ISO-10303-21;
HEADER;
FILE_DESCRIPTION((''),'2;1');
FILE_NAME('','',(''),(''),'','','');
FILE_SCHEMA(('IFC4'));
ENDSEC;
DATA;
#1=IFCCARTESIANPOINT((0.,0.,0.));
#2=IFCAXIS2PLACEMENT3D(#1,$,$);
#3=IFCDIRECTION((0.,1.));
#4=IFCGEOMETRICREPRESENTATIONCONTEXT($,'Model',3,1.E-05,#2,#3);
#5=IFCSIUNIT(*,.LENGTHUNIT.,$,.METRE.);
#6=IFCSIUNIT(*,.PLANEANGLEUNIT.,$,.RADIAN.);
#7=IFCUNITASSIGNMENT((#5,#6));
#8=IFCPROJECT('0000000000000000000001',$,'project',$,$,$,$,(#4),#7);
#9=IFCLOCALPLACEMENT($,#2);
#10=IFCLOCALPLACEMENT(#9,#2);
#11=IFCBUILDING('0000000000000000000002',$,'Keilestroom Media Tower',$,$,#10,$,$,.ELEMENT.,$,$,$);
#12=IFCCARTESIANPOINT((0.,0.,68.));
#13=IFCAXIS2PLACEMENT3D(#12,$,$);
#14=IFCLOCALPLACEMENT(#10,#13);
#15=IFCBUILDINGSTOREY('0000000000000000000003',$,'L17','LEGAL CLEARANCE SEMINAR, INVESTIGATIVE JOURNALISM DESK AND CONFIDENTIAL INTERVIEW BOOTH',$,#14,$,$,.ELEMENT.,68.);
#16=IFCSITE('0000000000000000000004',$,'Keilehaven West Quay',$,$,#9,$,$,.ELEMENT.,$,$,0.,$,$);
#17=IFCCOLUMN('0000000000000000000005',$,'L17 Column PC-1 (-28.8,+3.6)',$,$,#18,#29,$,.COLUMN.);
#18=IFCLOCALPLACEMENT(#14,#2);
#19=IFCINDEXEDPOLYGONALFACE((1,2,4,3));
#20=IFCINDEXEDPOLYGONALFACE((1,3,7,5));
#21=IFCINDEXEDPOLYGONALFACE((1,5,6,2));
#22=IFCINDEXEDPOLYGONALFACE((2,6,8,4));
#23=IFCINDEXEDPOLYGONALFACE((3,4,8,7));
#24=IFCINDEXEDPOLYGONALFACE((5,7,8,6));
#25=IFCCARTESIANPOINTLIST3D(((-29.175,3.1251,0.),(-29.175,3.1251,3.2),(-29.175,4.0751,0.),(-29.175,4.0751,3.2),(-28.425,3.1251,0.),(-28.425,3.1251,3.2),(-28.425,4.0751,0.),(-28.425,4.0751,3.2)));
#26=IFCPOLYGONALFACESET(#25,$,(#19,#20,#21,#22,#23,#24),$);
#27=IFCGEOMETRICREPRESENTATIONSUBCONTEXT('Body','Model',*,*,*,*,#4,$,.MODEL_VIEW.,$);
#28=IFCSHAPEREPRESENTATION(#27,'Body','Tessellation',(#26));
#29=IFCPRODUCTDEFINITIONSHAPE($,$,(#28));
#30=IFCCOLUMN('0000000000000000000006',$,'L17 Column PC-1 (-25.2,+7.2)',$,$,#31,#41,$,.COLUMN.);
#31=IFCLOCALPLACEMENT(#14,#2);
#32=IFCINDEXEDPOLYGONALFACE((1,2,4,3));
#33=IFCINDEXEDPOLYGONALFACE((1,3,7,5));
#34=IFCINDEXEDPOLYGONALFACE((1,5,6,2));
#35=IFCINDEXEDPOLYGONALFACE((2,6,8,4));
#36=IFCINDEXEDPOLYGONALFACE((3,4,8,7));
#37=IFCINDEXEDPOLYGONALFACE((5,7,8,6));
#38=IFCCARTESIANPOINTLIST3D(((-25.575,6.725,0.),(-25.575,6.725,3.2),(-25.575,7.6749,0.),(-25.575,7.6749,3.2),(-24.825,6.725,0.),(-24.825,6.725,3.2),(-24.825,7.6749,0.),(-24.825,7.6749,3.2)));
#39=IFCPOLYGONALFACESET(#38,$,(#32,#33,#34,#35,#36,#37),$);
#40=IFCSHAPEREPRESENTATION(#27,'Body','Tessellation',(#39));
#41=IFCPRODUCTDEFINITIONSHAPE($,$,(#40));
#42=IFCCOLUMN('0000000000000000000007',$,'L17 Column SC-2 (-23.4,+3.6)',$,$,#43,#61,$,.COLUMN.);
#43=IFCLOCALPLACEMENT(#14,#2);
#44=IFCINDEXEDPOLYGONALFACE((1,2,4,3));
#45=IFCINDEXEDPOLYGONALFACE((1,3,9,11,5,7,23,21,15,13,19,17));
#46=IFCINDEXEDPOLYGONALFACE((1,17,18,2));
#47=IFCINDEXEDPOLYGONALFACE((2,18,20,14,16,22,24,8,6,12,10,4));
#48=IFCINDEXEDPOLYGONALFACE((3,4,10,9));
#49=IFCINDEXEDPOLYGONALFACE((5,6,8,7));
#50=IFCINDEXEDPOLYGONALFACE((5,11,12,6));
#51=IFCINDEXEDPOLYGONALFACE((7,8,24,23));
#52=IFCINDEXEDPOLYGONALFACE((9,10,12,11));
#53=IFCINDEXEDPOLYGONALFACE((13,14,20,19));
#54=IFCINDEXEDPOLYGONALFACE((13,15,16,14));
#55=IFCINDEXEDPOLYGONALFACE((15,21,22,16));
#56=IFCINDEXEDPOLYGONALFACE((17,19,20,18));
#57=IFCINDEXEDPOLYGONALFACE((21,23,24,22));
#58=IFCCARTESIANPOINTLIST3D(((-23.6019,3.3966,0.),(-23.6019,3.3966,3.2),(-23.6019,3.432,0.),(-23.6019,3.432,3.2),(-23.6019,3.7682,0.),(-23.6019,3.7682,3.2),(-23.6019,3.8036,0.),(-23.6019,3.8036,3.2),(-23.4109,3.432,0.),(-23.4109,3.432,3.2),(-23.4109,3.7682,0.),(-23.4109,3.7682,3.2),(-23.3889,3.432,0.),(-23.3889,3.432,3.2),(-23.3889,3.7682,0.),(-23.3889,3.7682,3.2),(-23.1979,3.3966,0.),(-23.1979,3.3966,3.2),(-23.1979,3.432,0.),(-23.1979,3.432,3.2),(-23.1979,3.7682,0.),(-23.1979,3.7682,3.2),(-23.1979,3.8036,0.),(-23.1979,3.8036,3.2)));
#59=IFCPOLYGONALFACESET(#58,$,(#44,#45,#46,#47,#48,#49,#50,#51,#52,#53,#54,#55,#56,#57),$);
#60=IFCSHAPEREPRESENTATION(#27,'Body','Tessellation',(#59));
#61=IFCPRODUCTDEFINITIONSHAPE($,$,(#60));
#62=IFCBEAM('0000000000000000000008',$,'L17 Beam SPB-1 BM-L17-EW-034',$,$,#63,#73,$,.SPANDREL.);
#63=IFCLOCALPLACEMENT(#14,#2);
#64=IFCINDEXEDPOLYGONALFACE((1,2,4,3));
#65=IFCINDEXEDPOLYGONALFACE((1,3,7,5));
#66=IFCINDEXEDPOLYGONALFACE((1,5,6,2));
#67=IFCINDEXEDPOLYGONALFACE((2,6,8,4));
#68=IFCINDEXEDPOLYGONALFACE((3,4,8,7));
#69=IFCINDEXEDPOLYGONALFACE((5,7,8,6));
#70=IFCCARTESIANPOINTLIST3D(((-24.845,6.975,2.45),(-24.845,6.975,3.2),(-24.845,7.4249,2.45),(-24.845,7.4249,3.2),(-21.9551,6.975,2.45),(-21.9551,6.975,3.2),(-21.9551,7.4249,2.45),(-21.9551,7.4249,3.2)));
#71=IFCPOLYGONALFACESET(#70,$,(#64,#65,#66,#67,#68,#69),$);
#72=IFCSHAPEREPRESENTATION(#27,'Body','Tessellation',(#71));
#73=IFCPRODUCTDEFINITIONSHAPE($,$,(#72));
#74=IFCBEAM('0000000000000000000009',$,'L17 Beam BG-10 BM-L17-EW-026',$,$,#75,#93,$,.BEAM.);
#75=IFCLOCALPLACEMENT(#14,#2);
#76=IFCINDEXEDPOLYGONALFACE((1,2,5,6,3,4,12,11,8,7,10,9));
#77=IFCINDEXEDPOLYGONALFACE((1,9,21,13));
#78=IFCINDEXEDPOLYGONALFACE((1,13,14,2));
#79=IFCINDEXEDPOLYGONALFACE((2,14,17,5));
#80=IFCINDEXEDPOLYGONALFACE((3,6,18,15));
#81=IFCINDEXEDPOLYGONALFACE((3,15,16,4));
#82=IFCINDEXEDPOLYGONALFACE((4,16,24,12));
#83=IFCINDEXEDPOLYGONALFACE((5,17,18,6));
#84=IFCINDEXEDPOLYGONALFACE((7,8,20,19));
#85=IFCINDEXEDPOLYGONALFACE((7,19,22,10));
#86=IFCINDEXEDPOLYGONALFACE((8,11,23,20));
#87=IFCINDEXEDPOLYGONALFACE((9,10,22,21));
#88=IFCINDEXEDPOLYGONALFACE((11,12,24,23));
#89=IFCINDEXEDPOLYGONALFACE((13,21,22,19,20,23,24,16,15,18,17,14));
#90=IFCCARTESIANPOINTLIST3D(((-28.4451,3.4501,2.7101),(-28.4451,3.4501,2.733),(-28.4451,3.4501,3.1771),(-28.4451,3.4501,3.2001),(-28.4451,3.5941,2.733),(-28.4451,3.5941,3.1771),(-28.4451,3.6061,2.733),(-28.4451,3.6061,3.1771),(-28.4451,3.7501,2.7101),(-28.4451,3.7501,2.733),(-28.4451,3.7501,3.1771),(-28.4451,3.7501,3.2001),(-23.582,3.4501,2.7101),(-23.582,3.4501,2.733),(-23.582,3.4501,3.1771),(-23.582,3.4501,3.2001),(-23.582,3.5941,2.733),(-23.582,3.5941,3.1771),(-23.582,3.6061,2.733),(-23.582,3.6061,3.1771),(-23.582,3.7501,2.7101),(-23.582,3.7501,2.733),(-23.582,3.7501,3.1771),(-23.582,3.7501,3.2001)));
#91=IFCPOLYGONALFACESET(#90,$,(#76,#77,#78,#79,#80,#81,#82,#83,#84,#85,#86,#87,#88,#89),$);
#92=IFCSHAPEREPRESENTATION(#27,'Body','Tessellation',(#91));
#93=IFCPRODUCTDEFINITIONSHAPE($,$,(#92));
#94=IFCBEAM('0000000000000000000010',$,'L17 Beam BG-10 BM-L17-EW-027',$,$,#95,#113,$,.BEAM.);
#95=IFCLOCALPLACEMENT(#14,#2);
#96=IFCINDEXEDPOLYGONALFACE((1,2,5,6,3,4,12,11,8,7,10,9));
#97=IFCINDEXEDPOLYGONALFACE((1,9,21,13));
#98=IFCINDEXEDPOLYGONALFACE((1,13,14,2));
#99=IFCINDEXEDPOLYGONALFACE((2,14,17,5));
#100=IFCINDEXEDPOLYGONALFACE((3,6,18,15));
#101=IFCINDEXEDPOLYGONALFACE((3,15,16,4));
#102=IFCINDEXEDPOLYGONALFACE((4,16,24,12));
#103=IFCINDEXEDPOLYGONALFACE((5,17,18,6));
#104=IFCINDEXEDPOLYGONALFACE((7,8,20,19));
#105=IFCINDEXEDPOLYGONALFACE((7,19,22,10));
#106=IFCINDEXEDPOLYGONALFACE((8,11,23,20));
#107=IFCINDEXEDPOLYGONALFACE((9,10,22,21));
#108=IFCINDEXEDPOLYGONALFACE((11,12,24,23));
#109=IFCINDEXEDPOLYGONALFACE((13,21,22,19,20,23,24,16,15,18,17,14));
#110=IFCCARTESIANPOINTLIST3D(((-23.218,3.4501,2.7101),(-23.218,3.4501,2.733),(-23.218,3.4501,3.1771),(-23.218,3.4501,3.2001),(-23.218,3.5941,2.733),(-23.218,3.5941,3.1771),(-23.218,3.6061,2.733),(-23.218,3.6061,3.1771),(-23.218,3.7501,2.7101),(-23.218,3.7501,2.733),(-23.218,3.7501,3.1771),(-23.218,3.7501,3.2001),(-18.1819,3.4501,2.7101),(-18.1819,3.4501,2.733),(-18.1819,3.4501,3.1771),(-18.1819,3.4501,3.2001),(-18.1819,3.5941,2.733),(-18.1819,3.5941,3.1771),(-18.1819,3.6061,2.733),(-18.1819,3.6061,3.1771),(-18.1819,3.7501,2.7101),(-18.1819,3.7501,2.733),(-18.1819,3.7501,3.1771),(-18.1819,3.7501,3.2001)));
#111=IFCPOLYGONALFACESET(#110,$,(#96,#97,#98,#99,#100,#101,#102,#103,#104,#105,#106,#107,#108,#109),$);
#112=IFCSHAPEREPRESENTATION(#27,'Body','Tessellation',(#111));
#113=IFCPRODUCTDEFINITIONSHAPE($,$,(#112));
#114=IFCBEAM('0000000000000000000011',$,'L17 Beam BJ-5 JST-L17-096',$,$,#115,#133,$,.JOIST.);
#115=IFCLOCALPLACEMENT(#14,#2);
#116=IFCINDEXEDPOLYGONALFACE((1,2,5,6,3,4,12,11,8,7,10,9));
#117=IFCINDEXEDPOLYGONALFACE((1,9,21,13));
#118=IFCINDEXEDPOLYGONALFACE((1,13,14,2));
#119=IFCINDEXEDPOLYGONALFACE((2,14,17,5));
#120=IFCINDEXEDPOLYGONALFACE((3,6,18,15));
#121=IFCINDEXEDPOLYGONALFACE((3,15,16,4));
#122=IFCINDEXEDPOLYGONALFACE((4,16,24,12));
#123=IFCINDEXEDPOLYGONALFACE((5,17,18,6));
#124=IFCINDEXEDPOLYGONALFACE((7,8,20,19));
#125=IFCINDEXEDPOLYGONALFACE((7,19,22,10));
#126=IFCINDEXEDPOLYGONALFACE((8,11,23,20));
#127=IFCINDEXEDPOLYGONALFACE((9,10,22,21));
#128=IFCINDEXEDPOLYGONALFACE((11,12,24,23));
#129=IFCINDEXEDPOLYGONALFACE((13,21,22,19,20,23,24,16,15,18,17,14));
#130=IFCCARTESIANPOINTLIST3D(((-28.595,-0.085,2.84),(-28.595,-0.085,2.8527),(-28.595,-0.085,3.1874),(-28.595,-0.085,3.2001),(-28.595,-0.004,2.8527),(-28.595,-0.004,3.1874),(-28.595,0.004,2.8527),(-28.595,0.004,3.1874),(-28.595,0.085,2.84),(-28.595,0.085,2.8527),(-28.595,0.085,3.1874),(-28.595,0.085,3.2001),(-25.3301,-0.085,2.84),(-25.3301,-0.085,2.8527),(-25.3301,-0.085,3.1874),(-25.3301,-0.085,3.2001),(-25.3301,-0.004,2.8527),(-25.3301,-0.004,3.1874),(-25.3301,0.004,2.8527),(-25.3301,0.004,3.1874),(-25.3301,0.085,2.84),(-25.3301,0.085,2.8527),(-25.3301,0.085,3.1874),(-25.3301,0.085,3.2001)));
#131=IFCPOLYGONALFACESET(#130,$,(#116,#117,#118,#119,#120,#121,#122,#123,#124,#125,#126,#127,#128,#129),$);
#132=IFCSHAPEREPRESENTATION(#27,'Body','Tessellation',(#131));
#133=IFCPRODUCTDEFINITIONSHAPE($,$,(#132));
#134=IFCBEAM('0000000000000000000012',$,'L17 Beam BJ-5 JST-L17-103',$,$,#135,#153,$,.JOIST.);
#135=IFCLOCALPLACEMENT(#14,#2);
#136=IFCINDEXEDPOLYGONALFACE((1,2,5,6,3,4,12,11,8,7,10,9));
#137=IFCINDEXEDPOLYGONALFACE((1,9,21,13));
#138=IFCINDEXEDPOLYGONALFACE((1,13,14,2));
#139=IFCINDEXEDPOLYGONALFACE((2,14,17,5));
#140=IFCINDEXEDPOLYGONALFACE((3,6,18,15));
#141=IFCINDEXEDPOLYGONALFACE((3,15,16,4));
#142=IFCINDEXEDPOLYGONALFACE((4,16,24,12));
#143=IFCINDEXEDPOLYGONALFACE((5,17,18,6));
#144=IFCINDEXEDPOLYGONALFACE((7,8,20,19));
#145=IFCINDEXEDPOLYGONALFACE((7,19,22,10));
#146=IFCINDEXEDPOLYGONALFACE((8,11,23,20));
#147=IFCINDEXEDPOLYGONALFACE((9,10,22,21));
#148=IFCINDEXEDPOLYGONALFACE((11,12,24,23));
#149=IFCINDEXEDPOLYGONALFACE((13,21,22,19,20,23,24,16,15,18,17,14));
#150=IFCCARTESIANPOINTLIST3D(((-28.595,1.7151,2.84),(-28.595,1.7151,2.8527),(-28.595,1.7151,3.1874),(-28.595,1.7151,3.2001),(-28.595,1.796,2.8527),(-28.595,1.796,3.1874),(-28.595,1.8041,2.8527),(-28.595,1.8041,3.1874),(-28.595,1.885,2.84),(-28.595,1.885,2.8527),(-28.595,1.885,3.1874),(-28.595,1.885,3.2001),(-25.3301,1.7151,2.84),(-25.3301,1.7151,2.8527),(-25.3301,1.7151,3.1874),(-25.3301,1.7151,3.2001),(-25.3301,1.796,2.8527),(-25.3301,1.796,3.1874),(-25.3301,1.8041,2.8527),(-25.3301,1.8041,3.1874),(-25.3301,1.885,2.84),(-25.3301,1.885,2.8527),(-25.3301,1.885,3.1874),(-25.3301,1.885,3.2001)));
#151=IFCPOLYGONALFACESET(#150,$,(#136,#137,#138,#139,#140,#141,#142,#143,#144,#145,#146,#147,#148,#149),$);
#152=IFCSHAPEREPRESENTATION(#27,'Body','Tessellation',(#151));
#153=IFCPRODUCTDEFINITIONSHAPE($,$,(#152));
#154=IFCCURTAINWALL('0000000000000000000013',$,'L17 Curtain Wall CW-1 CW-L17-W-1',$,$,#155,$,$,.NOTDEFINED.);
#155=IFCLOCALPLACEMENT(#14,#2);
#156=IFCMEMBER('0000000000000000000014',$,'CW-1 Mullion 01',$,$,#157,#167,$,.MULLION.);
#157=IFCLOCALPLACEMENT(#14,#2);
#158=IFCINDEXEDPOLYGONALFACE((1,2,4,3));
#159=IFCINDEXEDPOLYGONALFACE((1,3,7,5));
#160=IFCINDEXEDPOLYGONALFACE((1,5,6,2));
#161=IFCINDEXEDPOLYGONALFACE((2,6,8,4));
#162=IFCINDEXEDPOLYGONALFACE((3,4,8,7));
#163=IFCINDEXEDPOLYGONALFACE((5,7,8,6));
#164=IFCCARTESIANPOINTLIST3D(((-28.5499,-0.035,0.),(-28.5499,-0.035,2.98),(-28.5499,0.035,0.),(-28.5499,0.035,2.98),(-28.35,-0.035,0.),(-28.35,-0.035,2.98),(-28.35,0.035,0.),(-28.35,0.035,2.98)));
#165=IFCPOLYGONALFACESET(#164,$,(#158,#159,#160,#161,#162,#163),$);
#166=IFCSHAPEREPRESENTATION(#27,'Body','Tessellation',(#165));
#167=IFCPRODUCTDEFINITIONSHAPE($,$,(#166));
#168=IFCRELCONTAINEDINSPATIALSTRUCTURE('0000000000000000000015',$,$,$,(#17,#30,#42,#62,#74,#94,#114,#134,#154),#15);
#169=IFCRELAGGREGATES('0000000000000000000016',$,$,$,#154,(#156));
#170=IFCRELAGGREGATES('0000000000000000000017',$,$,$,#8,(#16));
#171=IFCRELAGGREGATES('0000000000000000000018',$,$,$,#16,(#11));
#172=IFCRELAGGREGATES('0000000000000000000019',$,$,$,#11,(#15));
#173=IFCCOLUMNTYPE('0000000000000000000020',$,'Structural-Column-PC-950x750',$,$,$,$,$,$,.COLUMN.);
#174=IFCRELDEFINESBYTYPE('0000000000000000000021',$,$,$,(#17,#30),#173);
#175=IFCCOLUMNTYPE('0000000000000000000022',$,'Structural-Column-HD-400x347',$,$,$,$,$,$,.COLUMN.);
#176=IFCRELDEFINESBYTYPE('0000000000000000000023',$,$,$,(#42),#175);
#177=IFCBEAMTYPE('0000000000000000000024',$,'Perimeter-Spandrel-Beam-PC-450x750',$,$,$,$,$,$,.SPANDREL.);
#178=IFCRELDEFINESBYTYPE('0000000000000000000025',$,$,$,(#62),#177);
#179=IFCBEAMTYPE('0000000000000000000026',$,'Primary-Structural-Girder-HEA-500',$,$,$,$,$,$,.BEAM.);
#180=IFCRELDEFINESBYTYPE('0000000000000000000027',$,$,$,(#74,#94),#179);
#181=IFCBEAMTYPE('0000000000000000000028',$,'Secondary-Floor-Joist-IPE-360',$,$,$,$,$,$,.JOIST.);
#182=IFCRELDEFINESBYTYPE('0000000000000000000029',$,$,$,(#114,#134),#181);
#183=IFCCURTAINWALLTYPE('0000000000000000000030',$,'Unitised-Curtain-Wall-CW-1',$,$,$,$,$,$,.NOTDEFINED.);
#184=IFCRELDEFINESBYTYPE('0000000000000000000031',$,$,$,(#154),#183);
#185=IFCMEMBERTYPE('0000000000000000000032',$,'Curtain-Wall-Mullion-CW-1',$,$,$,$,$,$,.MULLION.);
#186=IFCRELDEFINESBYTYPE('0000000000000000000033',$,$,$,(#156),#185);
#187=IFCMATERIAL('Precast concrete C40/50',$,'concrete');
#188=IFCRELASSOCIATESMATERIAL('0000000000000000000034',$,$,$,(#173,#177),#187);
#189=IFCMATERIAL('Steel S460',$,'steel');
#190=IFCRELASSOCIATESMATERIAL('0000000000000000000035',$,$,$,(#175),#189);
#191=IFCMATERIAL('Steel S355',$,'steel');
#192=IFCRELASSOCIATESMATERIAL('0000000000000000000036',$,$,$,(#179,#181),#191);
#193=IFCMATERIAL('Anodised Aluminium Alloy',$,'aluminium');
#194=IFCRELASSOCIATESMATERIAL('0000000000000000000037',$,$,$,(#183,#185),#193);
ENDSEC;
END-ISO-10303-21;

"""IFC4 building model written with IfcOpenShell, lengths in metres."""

from ifc_helpers import new_model, si_unit, direction, frame, origin, origin_2d, place, context, subcontext, project, spatial, rectangle, i_section, extrude, source, transform, mapped, material, material_profile, profile_set, type_object, element, aggregate, save


model = new_model("IFC4")

# Units and contexts
model_context = context("Model", 3, precision=1e-05, world=origin(), true_north=direction((0.0, 1.0)))
body_context = subcontext(model_context, "Body", "Model", "MODEL_VIEW")
ifc_project = project(units=[si_unit("LENGTHUNIT", "METRE"), si_unit("PLANEANGLEUNIT", "RADIAN")], contexts=[model_context])

# Site, building, storey
site_placement = place(None, origin())
site = spatial("IfcSite", under=ifc_project, at=site_placement, Name="Keilehaven West Quay", CompositionType="ELEMENT", RefElevation=0.0)
building_placement = place(site_placement, origin())
building = spatial("IfcBuilding", under=site, at=building_placement, Name="Keilestroom Media Tower", CompositionType="ELEMENT")
storey_placement = place(building_placement, frame((0.0, 0.0, 68.0)))
storey = spatial("IfcBuildingStorey", under=building, at=storey_placement, Name="L17", Description="LEGAL CLEARANCE SEMINAR, INVESTIGATIVE JOURNALISM DESK AND CONFIDENTIAL INTERVIEW BOOTH", CompositionType="ELEMENT", Elevation=68.0)

# Columns
ifc_material_1 = material(Name="Precast concrete C40/50", Category="concrete")
ifc_material_profile_1 = material_profile(ifc_material_1, rectangle(XDim=0.75, YDim=0.95, at=origin_2d()), Name="PC 950x750")
ifc_profile_set_1 = profile_set([ifc_material_profile_1], Name="Precast concrete C40/50")
column_type_1 = type_object("IfcColumnType", Name="Structural-Column-PC-950x750", PredefinedType="COLUMN", material=ifc_profile_set_1)
shared_shape_1 = source(origin(), body_context, "Body", "SweptSolid", [
    extrude(rectangle(XDim=0.75, YDim=0.95, at=origin_2d()), origin(), (0.0, 0.0, 1.0), 3.2),
])
for number, where, z_axis, x_axis, name in (
    (1, (-28.8, 3.6001, 0.0), (0.0, 0.0, 1.0), (1.0, 0.0, 0.0), "L17 Column PC-1 (-28.8,+3.6)"),
    (2, (-25.2, 7.2, 0.0), (0.0, 0.0, 1.0), (1.0, 0.0, 0.0), "L17 Column PC-1 (-25.2,+7.2)"),
):
    element("IfcColumn", number, at=place(storey_placement, frame(where, z_axis=z_axis, x_axis=x_axis)), inside=storey, type_object=column_type_1, Name=name, PredefinedType="COLUMN", context=body_context, shape_type="MappedRepresentation", body=[
        mapped(shared_shape_1, transform((0.0, 0.0, 0.0), x_axis=(1.0, 0.0, 0.0), y_axis=(0.0, 1.0, 0.0), z_axis=(0.0, 0.0, 1.0), scale=1.0)),
    ])
ifc_material_2 = material(Name="Steel S460", Category="steel")
ifc_material_profile_2 = material_profile(ifc_material_2, i_section(OverallWidth=0.4041, OverallDepth=0.407, WebThickness=0.022, FlangeThickness=0.0354, at=origin_2d()), Name="HD 400x347")
ifc_profile_set_2 = profile_set([ifc_material_profile_2], Name="Steel S460")
column_type_2 = type_object("IfcColumnType", Name="Structural-Column-HD-400x347", PredefinedType="COLUMN", material=ifc_profile_set_2)
shared_shape_2 = source(origin(), body_context, "Body", "SweptSolid", [
    extrude(i_section(OverallWidth=0.4041, OverallDepth=0.407, WebThickness=0.022, FlangeThickness=0.0354, at=origin_2d()), origin(), (0.0, 0.0, 1.0), 3.2),
])
column_placement = place(storey_placement, frame((-23.3999, 3.6001, 0.0), z_axis=(0.0, 0.0, 1.0), x_axis=(1.0, 0.0, 0.0)))
element("IfcColumn", 3, at=column_placement, inside=storey, type_object=column_type_2, Name="L17 Column SC-2 (-23.4,+3.6)", PredefinedType="COLUMN", context=body_context, shape_type="MappedRepresentation", body=[
    mapped(shared_shape_2, transform((0.0, 0.0, 0.0), x_axis=(1.0, 0.0, 0.0), y_axis=(0.0, 1.0, 0.0), z_axis=(0.0, 0.0, 1.0), scale=1.0)),
])

# Beams
ifc_material_profile_3 = material_profile(ifc_material_1, rectangle(XDim=0.45, YDim=0.75, at=origin_2d()), Name="PC 450x750")
ifc_profile_set_3 = profile_set([ifc_material_profile_3], Name="Precast concrete C40/50")
beam_type_1 = type_object("IfcBeamType", Name="Perimeter-Spandrel-Beam-PC-450x750", PredefinedType="SPANDREL", material=ifc_profile_set_3)
shared_shape_3 = source(origin(), body_context, "Body", "SweptSolid", [
    extrude(rectangle(XDim=0.45, YDim=0.75, at=origin_2d()), origin(), (0.0, 0.0, 1.0), 2.8899),
])
beam_1_placement = place(storey_placement, frame((-24.845, 7.2, 2.825), z_axis=(1.0, 0.0, 0.0), x_axis=(0.0, 1.0, 0.0)))
element("IfcBeam", 4, at=beam_1_placement, inside=storey, type_object=beam_type_1, Name="L17 Beam SPB-1 BM-L17-EW-034", PredefinedType="SPANDREL", context=body_context, shape_type="MappedRepresentation", body=[
    mapped(shared_shape_3, transform((0.0, 0.0, 0.0), x_axis=(1.0, 0.0, 0.0), y_axis=(0.0, 1.0, 0.0), z_axis=(0.0, 0.0, 1.0), scale=1.0)),
])
ifc_material_3 = material(Name="Steel S355", Category="steel")
ifc_material_profile_4 = material_profile(ifc_material_3, i_section(OverallWidth=0.3, OverallDepth=0.49, WebThickness=0.012, FlangeThickness=0.0229, at=origin_2d()), Name="HEA 500")
ifc_profile_set_4 = profile_set([ifc_material_profile_4], Name="Steel S355")
beam_type_2 = type_object("IfcBeamType", Name="Primary-Structural-Girder-HEA-500", PredefinedType="BEAM", material=ifc_profile_set_4)
shared_shape_4 = source(origin(), body_context, "Body", "SweptSolid", [
    extrude(i_section(OverallWidth=0.3, OverallDepth=0.49, WebThickness=0.012, FlangeThickness=0.0229, at=origin_2d()), origin(), (0.0, 0.0, 1.0), 4.863),
])
beam_2_placement = place(storey_placement, frame((-28.4451, 3.6001, 2.9551), z_axis=(1.0, 0.0, 0.0), x_axis=(0.0, 1.0, 0.0)))
element("IfcBeam", 5, at=beam_2_placement, inside=storey, type_object=beam_type_2, Name="L17 Beam BG-10 BM-L17-EW-026", PredefinedType="BEAM", context=body_context, shape_type="MappedRepresentation", body=[
    mapped(shared_shape_4, transform((0.0, 0.0, 0.0), x_axis=(1.0, 0.0, 0.0), y_axis=(0.0, 1.0, 0.0), z_axis=(0.0, 0.0, 1.0), scale=1.0)),
])
shared_shape_5 = source(origin(), body_context, "Body", "SweptSolid", [
    extrude(i_section(OverallWidth=0.3, OverallDepth=0.49, WebThickness=0.012, FlangeThickness=0.0229, at=origin_2d()), origin(), (0.0, 0.0, 1.0), 5.0361),
])
beam_3_placement = place(storey_placement, frame((-23.218, 3.6001, 2.9551), z_axis=(1.0, 0.0, 0.0), x_axis=(0.0, 1.0, 0.0)))
element("IfcBeam", 6, at=beam_3_placement, inside=storey, type_object=beam_type_2, Name="L17 Beam BG-10 BM-L17-EW-027", PredefinedType="BEAM", context=body_context, shape_type="MappedRepresentation", body=[
    mapped(shared_shape_5, transform((0.0, 0.0, 0.0), x_axis=(1.0, 0.0, 0.0), y_axis=(0.0, 1.0, 0.0), z_axis=(0.0, 0.0, 1.0), scale=1.0)),
])
ifc_material_profile_5 = material_profile(ifc_material_3, i_section(OverallWidth=0.1699, OverallDepth=0.3601, WebThickness=0.0081, FlangeThickness=0.0127, at=origin_2d()), Name="IPE 360")
ifc_profile_set_5 = profile_set([ifc_material_profile_5], Name="Steel S355")
beam_type_3 = type_object("IfcBeamType", Name="Secondary-Floor-Joist-IPE-360", PredefinedType="JOIST", material=ifc_profile_set_5)
shared_shape_6 = source(origin(), body_context, "Body", "SweptSolid", [
    extrude(i_section(OverallWidth=0.1699, OverallDepth=0.3601, WebThickness=0.0081, FlangeThickness=0.0127, at=origin_2d()), origin(), (0.0, 0.0, 1.0), 3.2649),
])
for number, where, z_axis, x_axis, name in (
    (7, (-28.595, 0.0, 3.02), (1.0, 0.0, 0.0), (0.0, 1.0, 0.0), "L17 Beam BJ-5 JST-L17-096"),
    (8, (-28.595, 1.8, 3.02), (1.0, 0.0, 0.0), (0.0, 1.0, 0.0), "L17 Beam BJ-5 JST-L17-103"),
):
    element("IfcBeam", number, at=place(storey_placement, frame(where, z_axis=z_axis, x_axis=x_axis)), inside=storey, type_object=beam_type_3, Name=name, PredefinedType="JOIST", context=body_context, shape_type="MappedRepresentation", body=[
        mapped(shared_shape_6, transform((0.0, 0.0, 0.0), x_axis=(1.0, 0.0, 0.0), y_axis=(0.0, 1.0, 0.0), z_axis=(0.0, 0.0, 1.0), scale=1.0)),
    ])

# Curtain wall, member
ifc_material_4 = material(Name="Anodised Aluminium Alloy", Category="aluminium")
curtain_wall_type = type_object("IfcCurtainWallType", Name="Unitised-Curtain-Wall-CW-1", PredefinedType="NOTDEFINED", material=ifc_material_4)
curtain_wall_1_placement = place(storey_placement, origin())
curtain_wall_1 = element("IfcCurtainWall", 9, at=curtain_wall_1_placement, inside=storey, type_object=curtain_wall_type, Name="L17 Curtain Wall CW-1 CW-L17-W-1", PredefinedType="NOTDEFINED")
ifc_material_profile_6 = material_profile(ifc_material_4, rectangle(XDim=0.0701, YDim=0.2, at=origin_2d()), Name="ALU MULLION 70x200")
ifc_profile_set_6 = profile_set([ifc_material_profile_6], Name="Anodised Aluminium Alloy")
member_type_1 = type_object("IfcMemberType", Name="Curtain-Wall-Mullion-CW-1", PredefinedType="MULLION", material=ifc_profile_set_6)
shared_shape_7 = source(origin(), body_context, "Body", "SweptSolid", [
    extrude(rectangle(XDim=0.0701, YDim=0.2, at=origin_2d()), origin(), (0.0, 0.0, 1.0), 2.98),
])
member_1_placement = place(storey_placement, frame((-28.45, 0.0, 0.0), z_axis=(0.0, 0.0, 1.0), x_axis=(0.0, 1.0, 0.0)))
member_1 = element("IfcMember", 10, at=member_1_placement, type_object=member_type_1, Name="CW-1 Mullion 01", PredefinedType="MULLION", context=body_context, shape_type="MappedRepresentation", body=[
    mapped(shared_shape_7, transform((0.0, 0.0, 0.0), x_axis=(1.0, 0.0, 0.0), y_axis=(0.0, 1.0, 0.0), z_axis=(0.0, 0.0, 1.0), scale=1.0)),
])

aggregate(curtain_wall_1, [member_1])

save(model, "model.ifc")
